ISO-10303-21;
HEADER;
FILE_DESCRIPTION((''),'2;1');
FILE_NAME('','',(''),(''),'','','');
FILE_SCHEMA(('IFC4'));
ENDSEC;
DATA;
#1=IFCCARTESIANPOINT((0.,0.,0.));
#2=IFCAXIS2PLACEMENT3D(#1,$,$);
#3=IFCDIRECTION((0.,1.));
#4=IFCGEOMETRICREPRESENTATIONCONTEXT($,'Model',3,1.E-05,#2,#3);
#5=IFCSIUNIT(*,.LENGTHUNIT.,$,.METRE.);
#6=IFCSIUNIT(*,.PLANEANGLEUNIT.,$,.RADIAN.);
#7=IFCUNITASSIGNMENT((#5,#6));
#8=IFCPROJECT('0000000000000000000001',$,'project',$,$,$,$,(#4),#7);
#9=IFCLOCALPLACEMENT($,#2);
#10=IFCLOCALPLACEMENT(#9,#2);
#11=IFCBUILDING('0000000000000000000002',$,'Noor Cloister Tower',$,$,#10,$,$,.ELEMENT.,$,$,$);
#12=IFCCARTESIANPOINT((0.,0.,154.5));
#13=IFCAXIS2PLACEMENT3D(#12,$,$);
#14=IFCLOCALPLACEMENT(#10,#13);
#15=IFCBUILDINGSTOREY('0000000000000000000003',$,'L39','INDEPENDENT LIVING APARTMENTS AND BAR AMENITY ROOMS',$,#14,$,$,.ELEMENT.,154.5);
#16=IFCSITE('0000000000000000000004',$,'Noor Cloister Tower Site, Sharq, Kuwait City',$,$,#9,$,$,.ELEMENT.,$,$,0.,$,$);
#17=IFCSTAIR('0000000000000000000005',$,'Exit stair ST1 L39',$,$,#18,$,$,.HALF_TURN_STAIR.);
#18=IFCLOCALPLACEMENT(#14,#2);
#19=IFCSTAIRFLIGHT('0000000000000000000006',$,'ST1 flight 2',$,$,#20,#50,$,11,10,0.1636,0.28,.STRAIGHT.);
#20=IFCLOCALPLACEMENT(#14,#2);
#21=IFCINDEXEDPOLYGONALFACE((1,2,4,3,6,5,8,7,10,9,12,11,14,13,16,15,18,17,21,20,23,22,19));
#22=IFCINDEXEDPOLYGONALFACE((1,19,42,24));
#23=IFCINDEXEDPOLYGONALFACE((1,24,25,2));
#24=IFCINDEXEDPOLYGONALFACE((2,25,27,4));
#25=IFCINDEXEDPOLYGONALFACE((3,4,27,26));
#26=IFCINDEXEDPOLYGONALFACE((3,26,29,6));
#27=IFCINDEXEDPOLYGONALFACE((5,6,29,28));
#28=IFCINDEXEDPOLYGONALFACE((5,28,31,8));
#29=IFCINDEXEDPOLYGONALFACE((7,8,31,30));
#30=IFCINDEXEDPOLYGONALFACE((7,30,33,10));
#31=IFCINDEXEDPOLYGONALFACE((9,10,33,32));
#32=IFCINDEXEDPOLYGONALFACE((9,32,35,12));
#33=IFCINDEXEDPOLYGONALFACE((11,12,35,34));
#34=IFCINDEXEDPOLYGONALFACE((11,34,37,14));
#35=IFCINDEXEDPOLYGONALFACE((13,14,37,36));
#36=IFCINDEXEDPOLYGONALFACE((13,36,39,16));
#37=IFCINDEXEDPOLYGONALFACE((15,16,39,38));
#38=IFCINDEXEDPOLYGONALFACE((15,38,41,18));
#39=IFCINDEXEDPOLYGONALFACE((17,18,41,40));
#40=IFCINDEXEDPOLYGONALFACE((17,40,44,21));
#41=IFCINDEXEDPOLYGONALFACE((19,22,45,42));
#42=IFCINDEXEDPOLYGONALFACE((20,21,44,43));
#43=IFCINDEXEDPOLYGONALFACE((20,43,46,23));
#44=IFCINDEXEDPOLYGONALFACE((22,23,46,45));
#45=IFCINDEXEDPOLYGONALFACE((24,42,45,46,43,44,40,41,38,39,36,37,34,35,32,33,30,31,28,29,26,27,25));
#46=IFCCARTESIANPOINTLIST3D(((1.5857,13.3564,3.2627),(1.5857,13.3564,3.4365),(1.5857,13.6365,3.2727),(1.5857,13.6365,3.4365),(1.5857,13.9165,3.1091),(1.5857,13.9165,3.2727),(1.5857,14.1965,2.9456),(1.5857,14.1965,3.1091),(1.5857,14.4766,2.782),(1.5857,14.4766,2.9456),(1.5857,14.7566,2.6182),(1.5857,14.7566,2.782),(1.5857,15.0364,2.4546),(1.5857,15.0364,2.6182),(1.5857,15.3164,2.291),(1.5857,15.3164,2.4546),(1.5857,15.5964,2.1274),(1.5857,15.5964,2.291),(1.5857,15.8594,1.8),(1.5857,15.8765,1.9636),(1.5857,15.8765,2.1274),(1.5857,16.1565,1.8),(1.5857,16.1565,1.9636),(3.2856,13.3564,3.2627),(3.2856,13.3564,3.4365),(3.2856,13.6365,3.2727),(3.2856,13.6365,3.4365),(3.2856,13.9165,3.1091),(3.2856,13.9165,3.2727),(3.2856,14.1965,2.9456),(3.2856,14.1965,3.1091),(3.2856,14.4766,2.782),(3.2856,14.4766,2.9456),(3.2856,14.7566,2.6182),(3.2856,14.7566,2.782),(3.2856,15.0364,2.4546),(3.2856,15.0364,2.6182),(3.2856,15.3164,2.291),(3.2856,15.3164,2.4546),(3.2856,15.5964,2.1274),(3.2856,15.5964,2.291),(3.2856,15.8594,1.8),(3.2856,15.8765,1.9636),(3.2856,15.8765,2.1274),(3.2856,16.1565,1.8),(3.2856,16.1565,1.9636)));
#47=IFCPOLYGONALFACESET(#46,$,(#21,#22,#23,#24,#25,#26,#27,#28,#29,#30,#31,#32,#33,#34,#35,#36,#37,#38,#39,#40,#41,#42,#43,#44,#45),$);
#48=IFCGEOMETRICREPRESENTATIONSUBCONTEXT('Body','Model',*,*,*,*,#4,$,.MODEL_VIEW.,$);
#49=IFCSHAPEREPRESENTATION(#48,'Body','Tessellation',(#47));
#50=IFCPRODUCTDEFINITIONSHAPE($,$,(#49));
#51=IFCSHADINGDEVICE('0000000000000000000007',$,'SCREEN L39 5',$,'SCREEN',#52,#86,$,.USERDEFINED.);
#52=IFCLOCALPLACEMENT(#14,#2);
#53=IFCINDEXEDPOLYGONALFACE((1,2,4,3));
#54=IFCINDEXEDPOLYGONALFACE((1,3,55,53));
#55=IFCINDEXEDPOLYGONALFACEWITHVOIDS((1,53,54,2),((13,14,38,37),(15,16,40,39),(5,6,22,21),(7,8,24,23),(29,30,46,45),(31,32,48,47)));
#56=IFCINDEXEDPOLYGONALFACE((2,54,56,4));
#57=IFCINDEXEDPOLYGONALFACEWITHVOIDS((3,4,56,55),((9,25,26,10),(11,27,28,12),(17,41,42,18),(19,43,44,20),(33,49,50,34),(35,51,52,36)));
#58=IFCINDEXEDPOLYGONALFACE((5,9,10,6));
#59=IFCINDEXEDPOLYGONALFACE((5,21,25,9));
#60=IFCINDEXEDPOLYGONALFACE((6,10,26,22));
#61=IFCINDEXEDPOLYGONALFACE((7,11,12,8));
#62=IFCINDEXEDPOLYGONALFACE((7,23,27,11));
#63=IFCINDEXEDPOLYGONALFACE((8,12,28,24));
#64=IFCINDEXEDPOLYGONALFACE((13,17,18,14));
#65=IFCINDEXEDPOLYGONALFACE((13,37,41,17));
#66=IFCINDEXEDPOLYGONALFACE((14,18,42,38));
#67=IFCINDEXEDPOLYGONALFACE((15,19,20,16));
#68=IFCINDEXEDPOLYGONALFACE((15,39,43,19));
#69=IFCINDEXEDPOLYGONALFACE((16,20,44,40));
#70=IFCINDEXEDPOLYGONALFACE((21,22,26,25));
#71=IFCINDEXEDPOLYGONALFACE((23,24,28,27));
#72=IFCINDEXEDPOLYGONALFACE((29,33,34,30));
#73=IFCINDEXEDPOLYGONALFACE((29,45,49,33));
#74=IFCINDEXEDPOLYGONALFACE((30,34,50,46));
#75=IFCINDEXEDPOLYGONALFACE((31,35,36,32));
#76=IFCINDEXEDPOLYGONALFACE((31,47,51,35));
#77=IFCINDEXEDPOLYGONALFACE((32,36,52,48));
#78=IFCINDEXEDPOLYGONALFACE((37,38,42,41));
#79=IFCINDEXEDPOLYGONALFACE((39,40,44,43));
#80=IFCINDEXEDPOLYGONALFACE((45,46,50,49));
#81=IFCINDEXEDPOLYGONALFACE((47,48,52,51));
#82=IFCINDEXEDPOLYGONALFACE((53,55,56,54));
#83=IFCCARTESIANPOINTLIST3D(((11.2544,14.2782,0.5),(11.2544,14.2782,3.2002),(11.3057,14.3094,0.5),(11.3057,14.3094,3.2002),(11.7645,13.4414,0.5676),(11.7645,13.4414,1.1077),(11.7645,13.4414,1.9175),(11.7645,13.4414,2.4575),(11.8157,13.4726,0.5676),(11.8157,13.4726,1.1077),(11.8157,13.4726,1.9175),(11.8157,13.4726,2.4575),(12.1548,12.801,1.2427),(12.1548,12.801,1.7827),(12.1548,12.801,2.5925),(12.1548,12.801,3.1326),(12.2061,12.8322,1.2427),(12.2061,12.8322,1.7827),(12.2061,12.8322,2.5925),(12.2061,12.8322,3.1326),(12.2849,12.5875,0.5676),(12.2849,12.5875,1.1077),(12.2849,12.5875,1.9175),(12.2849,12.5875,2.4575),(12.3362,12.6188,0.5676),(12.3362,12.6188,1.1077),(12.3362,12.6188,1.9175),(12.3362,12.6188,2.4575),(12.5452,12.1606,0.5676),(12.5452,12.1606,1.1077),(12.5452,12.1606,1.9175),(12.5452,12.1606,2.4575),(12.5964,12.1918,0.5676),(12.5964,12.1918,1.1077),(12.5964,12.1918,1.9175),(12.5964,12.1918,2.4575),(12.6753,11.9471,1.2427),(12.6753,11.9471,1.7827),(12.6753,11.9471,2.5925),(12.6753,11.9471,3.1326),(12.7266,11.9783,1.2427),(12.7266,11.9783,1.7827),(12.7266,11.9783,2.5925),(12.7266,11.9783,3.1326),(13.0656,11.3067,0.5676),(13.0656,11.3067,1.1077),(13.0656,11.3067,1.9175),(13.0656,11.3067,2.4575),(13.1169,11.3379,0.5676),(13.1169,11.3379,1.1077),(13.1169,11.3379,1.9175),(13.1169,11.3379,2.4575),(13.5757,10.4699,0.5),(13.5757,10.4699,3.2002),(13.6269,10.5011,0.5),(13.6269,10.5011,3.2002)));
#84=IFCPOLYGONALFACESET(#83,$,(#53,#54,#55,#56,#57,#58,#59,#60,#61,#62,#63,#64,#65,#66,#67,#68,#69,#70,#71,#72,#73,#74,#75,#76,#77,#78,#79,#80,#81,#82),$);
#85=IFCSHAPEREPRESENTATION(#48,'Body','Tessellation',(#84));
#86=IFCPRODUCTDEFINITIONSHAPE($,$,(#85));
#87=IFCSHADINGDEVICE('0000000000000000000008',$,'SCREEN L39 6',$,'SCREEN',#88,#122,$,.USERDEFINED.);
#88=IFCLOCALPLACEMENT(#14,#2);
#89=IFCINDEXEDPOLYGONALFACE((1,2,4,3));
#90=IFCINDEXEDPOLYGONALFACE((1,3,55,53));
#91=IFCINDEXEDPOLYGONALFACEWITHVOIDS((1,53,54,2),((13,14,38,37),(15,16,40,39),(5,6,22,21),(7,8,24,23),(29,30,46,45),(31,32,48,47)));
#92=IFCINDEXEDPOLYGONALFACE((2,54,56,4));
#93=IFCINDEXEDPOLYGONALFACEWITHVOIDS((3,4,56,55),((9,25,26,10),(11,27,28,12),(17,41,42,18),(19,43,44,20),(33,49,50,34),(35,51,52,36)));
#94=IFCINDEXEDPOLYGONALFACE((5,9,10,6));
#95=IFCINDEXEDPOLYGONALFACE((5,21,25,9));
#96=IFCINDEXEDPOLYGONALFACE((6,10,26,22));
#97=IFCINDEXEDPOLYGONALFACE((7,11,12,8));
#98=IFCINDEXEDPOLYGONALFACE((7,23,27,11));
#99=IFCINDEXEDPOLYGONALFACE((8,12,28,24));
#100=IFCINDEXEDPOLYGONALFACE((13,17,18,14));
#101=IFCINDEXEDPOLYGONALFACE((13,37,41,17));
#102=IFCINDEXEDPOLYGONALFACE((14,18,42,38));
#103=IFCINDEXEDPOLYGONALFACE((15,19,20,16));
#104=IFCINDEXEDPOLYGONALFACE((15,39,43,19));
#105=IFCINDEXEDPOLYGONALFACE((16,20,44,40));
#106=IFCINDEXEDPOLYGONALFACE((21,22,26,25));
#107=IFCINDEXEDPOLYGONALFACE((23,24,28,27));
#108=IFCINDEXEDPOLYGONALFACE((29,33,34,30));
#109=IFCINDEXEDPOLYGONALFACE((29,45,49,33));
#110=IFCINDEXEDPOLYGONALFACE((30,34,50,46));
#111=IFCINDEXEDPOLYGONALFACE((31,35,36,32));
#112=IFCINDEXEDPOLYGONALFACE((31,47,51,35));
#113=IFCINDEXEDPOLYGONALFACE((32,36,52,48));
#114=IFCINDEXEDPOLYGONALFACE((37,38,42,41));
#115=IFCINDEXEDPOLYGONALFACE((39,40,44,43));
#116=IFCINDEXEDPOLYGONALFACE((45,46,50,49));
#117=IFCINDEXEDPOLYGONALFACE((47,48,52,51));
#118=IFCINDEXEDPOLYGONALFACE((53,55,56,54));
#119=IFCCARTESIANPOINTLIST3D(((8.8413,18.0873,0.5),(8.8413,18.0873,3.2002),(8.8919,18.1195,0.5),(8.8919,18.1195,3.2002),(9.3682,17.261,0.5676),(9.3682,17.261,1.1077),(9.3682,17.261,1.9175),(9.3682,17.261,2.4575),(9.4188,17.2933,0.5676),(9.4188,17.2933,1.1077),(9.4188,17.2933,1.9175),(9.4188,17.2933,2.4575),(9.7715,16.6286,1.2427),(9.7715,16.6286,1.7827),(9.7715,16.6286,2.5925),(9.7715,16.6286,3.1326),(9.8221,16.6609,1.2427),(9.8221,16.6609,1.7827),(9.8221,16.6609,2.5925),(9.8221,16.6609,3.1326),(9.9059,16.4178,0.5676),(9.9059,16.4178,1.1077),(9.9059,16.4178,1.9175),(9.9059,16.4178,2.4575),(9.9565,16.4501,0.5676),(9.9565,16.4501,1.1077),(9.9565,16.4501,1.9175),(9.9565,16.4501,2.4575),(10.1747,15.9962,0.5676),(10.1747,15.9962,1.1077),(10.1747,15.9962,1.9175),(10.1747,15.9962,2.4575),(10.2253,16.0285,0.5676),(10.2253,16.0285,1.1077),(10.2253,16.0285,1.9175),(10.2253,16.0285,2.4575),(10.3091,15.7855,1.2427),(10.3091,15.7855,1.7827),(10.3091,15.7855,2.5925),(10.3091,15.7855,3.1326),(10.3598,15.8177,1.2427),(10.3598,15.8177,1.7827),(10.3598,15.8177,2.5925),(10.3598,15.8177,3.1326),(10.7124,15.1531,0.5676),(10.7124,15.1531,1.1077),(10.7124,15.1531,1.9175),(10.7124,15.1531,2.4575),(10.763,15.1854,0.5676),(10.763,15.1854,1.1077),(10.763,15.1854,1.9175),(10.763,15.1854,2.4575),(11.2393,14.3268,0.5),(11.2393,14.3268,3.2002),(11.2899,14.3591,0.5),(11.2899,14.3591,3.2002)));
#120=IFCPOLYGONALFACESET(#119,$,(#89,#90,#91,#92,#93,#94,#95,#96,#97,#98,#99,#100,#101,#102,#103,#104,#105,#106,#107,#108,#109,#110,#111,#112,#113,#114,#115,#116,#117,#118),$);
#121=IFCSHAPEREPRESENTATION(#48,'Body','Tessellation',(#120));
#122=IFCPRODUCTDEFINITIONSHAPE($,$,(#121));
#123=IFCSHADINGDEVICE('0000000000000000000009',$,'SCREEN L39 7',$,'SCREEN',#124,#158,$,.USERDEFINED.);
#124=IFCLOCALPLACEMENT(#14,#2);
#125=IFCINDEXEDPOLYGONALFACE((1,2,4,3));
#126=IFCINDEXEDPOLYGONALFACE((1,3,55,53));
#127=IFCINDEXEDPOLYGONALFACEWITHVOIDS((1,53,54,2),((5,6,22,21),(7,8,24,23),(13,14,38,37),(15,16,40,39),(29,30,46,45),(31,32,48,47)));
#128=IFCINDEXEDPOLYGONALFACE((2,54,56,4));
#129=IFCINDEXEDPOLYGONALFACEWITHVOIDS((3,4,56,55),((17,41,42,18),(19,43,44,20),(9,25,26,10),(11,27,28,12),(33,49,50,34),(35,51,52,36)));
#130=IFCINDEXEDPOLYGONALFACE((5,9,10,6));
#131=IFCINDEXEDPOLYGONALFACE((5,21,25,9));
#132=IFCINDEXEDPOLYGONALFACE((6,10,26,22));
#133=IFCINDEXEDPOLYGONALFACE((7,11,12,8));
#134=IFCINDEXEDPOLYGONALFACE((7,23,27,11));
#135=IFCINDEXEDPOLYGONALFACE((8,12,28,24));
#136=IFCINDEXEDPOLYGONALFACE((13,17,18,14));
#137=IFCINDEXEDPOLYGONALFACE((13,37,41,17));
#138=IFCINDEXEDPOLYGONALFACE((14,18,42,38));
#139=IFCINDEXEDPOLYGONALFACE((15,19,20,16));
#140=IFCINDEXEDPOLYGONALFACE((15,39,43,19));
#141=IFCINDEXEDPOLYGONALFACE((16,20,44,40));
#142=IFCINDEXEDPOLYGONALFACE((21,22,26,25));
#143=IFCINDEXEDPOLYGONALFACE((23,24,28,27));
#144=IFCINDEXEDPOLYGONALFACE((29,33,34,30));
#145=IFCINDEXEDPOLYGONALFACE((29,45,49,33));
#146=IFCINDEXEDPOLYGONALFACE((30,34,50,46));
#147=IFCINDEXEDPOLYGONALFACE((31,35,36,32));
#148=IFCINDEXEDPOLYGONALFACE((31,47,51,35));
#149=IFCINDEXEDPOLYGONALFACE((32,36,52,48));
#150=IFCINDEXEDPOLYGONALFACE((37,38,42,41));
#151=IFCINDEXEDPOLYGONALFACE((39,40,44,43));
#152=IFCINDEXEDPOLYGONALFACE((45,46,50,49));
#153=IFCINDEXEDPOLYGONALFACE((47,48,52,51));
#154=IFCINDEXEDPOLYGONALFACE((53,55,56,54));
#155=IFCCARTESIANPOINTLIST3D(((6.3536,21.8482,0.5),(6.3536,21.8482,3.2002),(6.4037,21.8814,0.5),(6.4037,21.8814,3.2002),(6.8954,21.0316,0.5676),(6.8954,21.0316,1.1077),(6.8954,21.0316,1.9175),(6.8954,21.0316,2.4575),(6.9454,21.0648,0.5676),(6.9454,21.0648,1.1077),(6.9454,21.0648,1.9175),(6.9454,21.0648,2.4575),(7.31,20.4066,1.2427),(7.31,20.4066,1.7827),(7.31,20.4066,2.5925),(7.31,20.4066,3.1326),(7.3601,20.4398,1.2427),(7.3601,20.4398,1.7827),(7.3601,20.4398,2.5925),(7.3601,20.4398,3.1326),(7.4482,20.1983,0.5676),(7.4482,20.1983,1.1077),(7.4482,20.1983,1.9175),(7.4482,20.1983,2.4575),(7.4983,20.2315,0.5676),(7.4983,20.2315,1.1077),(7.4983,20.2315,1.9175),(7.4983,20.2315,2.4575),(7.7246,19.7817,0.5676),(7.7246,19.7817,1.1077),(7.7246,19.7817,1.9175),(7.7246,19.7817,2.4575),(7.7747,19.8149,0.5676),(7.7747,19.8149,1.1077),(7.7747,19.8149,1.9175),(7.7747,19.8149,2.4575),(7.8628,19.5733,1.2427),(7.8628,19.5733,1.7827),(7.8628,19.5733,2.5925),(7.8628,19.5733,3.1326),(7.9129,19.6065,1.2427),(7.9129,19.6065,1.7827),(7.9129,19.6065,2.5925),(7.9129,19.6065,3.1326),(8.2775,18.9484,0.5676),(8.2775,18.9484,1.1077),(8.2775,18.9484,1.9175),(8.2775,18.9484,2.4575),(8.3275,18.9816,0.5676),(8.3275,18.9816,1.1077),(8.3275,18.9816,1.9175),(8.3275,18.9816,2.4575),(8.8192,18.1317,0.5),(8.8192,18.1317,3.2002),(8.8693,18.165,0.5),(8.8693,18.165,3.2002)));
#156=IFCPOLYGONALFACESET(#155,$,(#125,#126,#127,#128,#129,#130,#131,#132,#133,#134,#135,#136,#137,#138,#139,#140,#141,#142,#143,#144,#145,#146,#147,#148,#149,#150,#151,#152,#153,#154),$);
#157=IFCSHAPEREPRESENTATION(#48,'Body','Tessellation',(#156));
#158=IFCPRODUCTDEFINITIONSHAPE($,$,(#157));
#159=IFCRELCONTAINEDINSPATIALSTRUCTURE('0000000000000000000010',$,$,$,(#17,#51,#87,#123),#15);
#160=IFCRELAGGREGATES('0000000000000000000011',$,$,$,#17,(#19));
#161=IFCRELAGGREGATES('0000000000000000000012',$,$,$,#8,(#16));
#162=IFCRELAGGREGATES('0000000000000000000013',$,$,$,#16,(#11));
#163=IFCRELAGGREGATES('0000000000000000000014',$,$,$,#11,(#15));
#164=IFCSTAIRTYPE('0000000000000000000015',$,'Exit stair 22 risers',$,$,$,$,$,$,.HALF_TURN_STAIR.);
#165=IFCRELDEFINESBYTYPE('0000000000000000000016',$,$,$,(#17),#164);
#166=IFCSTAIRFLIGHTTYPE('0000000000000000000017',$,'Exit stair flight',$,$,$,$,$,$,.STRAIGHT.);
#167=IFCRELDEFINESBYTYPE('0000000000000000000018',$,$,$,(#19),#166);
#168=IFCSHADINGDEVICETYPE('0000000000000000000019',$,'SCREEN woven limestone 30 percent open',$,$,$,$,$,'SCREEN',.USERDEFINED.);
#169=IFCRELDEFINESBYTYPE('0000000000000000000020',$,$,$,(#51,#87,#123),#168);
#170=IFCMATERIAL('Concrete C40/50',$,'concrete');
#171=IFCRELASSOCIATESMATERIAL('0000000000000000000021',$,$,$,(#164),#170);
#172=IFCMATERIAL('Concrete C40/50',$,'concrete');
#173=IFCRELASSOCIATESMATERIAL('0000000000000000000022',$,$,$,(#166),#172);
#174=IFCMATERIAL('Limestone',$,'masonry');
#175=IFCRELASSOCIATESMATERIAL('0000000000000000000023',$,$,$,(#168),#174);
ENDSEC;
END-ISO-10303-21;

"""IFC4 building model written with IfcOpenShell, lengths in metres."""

from ifc_helpers import new_model, si_unit, direction, frame, origin, place, context, subcontext, project, spatial, polyline, outline, extrude, material, material_profile, profile_set, type_object, element, aggregate, save


model = new_model("IFC4")

# Units and contexts
model_context = context("Model", 3, precision=1e-05, world=origin(), true_north=direction((0.0, 1.0)))
body_context = subcontext(model_context, "Body", "Model", "MODEL_VIEW")
ifc_project = project(units=[si_unit("LENGTHUNIT", "METRE"), si_unit("PLANEANGLEUNIT", "RADIAN")], contexts=[model_context])

# Site, building, storey
site_placement = place(None, origin())
site = spatial("IfcSite", under=ifc_project, at=site_placement, Name="Noor Cloister Tower Site, Sharq, Kuwait City", CompositionType="ELEMENT", RefElevation=0.0)
building_placement = place(site_placement, origin())
building = spatial("IfcBuilding", under=site, at=building_placement, Name="Noor Cloister Tower", CompositionType="ELEMENT")
storey_placement = place(building_placement, frame((0.0, 0.0, 154.5)))
storey = spatial("IfcBuildingStorey", under=building, at=storey_placement, Name="L39", Description="INDEPENDENT LIVING APARTMENTS AND BAR AMENITY ROOMS", CompositionType="ELEMENT", Elevation=154.5)

# Stair, stair flight
ifc_material_1 = material(Name="Concrete C40/50", Category="concrete")
stair_type = type_object("IfcStairType", Name="Exit stair 22 risers", PredefinedType="HALF_TURN_STAIR", material=ifc_material_1)
stair_placement = place(storey_placement, origin())
stair = element("IfcStair", 1, at=stair_placement, inside=storey, type_object=stair_type, Name="Exit stair ST1 L39", PredefinedType="HALF_TURN_STAIR")
ifc_material_2 = material(Name="Concrete C40/50", Category="concrete")
stair_flight_type = type_object("IfcStairFlightType", Name="Exit stair flight", PredefinedType="STRAIGHT", material=ifc_material_2)
stair_flight_1_placement = place(storey_placement, frame((2.4355, 16.1565, 1.8), z_axis=(0.0, 0.0, 1.0), x_axis=(0.0, -1.0, 0.0)))
stair_flight_1 = element("IfcStairFlight", 2, at=stair_flight_1_placement, type_object=stair_flight_type, Name="ST1 flight 2", NumberOfRisers=11, NumberOfTreads=10, PredefinedType="STRAIGHT", RiserHeight=0.1636, TreadLength=0.28, context=body_context, shape_type="SweptSolid", body=[
    extrude(outline(polyline([(0.0, 0.0), (0.0, 0.1636), (0.28, 0.1636), (0.28, 0.3274), (0.5601, 0.3274), (0.5601, 0.491), (0.8401, 0.491), (0.8401, 0.6545), (1.1201, 0.6545), (1.1201, 0.8181), (1.3999, 0.8181), (1.3999, 0.9819), (1.6799, 0.9819), (1.6799, 1.1455), (1.96, 1.1455), (1.96, 1.3091), (2.24, 1.3091), (2.24, 1.4727), (2.52, 1.4727), (2.52, 1.6365), (2.8, 1.6365), (2.8, 1.8), (2.8, 1.4626), (0.2971, 0.0), (0.0, 0.0)])), frame((0.0, 0.8501, 0.0), z_axis=(0.0, -1.0, 0.0), x_axis=(1.0, 0.0, 0.0)), (0.0, 0.0, 1.0), 1.7),
])
aggregate(stair, [stair_flight_1])

# Shading devices
ifc_material_3 = material(Name="Limestone", Category="masonry")
ifc_material_profile_1 = material_profile(ifc_material_3, outline(polyline([(-2.23, -1.3501), (2.23, -1.3501), (2.23, 1.3501), (-2.23, 1.3501), (-2.23, -1.3501)]), holes=[polyline([(-1.25, -1.2825), (-0.25, -1.2825), (-0.25, -0.7424), (-1.25, -0.7424), (-1.25, -1.2825)]), polyline([(0.25, -1.2825), (1.25, -1.2825), (1.25, -0.7424), (0.25, -0.7424), (0.25, -1.2825)]), polyline([(-0.5, -0.6074), (0.5, -0.6074), (0.5, -0.0674), (-0.5, -0.0674), (-0.5, -0.6074)]), polyline([(-1.25, 0.0674), (-0.25, 0.0674), (-0.25, 0.6074), (-1.25, 0.6074), (-1.25, 0.0674)]), polyline([(0.25, 0.0674), (1.25, 0.0674), (1.25, 0.6074), (0.25, 0.6074), (0.25, 0.0674)]), polyline([(-0.5, 0.7424), (0.5, 0.7424), (0.5, 1.2825), (-0.5, 1.2825), (-0.5, 0.7424)])]), Name="Woven screen 30 percent open")
ifc_profile_set_1 = profile_set([ifc_material_profile_1], Name="Limestone")
shading_device_type = type_object("IfcShadingDeviceType", Name="SCREEN woven limestone 30 percent open", ElementType="SCREEN", PredefinedType="USERDEFINED", material=ifc_profile_set_1)
for number, where, z_axis, x_axis, name in (
    (3, (12.415, 12.374, 1.8501), (0.853884, 0.520463, 0.0), (-0.520463, 0.853884, 0.0), "SCREEN L39 5"),
    (4, (10.0403, 16.207, 1.8501), (0.843158, 0.537666, 0.0), (-0.537666, 0.843158, 0.0), "SCREEN L39 6"),
    (5, (7.5864, 19.99, 1.8501), (0.833299, 0.552823, 0.0), (-0.552823, 0.833299, 0.0), "SCREEN L39 7"),
):
    element("IfcShadingDevice", number, at=place(storey_placement, frame(where, z_axis=z_axis, x_axis=x_axis)), inside=storey, type_object=shading_device_type, Name=name, ObjectType="SCREEN", PredefinedType="USERDEFINED", context=body_context, shape_type="SweptSolid", body=[
        extrude(outline(polyline([(-2.23, -1.3501), (2.23, -1.3501), (2.23, 1.3501), (-2.23, 1.3501), (-2.23, -1.3501)]), holes=[polyline([(-1.25, -1.2825), (-0.25, -1.2825), (-0.25, -0.7424), (-1.25, -0.7424), (-1.25, -1.2825)]), polyline([(0.25, -1.2825), (1.25, -1.2825), (1.25, -0.7424), (0.25, -0.7424), (0.25, -1.2825)]), polyline([(-0.5, -0.6074), (0.5, -0.6074), (0.5, -0.0674), (-0.5, -0.0674), (-0.5, -0.6074)]), polyline([(-1.25, 0.0674), (-0.25, 0.0674), (-0.25, 0.6074), (-1.25, 0.6074), (-1.25, 0.0674)]), polyline([(0.25, 0.0674), (1.25, 0.0674), (1.25, 0.6074), (0.25, 0.6074), (0.25, 0.0674)]), polyline([(-0.5, 0.7424), (0.5, 0.7424), (0.5, 1.2825), (-0.5, 1.2825), (-0.5, 0.7424)])]), origin(), (0.0, 0.0, 1.0), 0.0601),
    ])

save(model, "model.ifc")
